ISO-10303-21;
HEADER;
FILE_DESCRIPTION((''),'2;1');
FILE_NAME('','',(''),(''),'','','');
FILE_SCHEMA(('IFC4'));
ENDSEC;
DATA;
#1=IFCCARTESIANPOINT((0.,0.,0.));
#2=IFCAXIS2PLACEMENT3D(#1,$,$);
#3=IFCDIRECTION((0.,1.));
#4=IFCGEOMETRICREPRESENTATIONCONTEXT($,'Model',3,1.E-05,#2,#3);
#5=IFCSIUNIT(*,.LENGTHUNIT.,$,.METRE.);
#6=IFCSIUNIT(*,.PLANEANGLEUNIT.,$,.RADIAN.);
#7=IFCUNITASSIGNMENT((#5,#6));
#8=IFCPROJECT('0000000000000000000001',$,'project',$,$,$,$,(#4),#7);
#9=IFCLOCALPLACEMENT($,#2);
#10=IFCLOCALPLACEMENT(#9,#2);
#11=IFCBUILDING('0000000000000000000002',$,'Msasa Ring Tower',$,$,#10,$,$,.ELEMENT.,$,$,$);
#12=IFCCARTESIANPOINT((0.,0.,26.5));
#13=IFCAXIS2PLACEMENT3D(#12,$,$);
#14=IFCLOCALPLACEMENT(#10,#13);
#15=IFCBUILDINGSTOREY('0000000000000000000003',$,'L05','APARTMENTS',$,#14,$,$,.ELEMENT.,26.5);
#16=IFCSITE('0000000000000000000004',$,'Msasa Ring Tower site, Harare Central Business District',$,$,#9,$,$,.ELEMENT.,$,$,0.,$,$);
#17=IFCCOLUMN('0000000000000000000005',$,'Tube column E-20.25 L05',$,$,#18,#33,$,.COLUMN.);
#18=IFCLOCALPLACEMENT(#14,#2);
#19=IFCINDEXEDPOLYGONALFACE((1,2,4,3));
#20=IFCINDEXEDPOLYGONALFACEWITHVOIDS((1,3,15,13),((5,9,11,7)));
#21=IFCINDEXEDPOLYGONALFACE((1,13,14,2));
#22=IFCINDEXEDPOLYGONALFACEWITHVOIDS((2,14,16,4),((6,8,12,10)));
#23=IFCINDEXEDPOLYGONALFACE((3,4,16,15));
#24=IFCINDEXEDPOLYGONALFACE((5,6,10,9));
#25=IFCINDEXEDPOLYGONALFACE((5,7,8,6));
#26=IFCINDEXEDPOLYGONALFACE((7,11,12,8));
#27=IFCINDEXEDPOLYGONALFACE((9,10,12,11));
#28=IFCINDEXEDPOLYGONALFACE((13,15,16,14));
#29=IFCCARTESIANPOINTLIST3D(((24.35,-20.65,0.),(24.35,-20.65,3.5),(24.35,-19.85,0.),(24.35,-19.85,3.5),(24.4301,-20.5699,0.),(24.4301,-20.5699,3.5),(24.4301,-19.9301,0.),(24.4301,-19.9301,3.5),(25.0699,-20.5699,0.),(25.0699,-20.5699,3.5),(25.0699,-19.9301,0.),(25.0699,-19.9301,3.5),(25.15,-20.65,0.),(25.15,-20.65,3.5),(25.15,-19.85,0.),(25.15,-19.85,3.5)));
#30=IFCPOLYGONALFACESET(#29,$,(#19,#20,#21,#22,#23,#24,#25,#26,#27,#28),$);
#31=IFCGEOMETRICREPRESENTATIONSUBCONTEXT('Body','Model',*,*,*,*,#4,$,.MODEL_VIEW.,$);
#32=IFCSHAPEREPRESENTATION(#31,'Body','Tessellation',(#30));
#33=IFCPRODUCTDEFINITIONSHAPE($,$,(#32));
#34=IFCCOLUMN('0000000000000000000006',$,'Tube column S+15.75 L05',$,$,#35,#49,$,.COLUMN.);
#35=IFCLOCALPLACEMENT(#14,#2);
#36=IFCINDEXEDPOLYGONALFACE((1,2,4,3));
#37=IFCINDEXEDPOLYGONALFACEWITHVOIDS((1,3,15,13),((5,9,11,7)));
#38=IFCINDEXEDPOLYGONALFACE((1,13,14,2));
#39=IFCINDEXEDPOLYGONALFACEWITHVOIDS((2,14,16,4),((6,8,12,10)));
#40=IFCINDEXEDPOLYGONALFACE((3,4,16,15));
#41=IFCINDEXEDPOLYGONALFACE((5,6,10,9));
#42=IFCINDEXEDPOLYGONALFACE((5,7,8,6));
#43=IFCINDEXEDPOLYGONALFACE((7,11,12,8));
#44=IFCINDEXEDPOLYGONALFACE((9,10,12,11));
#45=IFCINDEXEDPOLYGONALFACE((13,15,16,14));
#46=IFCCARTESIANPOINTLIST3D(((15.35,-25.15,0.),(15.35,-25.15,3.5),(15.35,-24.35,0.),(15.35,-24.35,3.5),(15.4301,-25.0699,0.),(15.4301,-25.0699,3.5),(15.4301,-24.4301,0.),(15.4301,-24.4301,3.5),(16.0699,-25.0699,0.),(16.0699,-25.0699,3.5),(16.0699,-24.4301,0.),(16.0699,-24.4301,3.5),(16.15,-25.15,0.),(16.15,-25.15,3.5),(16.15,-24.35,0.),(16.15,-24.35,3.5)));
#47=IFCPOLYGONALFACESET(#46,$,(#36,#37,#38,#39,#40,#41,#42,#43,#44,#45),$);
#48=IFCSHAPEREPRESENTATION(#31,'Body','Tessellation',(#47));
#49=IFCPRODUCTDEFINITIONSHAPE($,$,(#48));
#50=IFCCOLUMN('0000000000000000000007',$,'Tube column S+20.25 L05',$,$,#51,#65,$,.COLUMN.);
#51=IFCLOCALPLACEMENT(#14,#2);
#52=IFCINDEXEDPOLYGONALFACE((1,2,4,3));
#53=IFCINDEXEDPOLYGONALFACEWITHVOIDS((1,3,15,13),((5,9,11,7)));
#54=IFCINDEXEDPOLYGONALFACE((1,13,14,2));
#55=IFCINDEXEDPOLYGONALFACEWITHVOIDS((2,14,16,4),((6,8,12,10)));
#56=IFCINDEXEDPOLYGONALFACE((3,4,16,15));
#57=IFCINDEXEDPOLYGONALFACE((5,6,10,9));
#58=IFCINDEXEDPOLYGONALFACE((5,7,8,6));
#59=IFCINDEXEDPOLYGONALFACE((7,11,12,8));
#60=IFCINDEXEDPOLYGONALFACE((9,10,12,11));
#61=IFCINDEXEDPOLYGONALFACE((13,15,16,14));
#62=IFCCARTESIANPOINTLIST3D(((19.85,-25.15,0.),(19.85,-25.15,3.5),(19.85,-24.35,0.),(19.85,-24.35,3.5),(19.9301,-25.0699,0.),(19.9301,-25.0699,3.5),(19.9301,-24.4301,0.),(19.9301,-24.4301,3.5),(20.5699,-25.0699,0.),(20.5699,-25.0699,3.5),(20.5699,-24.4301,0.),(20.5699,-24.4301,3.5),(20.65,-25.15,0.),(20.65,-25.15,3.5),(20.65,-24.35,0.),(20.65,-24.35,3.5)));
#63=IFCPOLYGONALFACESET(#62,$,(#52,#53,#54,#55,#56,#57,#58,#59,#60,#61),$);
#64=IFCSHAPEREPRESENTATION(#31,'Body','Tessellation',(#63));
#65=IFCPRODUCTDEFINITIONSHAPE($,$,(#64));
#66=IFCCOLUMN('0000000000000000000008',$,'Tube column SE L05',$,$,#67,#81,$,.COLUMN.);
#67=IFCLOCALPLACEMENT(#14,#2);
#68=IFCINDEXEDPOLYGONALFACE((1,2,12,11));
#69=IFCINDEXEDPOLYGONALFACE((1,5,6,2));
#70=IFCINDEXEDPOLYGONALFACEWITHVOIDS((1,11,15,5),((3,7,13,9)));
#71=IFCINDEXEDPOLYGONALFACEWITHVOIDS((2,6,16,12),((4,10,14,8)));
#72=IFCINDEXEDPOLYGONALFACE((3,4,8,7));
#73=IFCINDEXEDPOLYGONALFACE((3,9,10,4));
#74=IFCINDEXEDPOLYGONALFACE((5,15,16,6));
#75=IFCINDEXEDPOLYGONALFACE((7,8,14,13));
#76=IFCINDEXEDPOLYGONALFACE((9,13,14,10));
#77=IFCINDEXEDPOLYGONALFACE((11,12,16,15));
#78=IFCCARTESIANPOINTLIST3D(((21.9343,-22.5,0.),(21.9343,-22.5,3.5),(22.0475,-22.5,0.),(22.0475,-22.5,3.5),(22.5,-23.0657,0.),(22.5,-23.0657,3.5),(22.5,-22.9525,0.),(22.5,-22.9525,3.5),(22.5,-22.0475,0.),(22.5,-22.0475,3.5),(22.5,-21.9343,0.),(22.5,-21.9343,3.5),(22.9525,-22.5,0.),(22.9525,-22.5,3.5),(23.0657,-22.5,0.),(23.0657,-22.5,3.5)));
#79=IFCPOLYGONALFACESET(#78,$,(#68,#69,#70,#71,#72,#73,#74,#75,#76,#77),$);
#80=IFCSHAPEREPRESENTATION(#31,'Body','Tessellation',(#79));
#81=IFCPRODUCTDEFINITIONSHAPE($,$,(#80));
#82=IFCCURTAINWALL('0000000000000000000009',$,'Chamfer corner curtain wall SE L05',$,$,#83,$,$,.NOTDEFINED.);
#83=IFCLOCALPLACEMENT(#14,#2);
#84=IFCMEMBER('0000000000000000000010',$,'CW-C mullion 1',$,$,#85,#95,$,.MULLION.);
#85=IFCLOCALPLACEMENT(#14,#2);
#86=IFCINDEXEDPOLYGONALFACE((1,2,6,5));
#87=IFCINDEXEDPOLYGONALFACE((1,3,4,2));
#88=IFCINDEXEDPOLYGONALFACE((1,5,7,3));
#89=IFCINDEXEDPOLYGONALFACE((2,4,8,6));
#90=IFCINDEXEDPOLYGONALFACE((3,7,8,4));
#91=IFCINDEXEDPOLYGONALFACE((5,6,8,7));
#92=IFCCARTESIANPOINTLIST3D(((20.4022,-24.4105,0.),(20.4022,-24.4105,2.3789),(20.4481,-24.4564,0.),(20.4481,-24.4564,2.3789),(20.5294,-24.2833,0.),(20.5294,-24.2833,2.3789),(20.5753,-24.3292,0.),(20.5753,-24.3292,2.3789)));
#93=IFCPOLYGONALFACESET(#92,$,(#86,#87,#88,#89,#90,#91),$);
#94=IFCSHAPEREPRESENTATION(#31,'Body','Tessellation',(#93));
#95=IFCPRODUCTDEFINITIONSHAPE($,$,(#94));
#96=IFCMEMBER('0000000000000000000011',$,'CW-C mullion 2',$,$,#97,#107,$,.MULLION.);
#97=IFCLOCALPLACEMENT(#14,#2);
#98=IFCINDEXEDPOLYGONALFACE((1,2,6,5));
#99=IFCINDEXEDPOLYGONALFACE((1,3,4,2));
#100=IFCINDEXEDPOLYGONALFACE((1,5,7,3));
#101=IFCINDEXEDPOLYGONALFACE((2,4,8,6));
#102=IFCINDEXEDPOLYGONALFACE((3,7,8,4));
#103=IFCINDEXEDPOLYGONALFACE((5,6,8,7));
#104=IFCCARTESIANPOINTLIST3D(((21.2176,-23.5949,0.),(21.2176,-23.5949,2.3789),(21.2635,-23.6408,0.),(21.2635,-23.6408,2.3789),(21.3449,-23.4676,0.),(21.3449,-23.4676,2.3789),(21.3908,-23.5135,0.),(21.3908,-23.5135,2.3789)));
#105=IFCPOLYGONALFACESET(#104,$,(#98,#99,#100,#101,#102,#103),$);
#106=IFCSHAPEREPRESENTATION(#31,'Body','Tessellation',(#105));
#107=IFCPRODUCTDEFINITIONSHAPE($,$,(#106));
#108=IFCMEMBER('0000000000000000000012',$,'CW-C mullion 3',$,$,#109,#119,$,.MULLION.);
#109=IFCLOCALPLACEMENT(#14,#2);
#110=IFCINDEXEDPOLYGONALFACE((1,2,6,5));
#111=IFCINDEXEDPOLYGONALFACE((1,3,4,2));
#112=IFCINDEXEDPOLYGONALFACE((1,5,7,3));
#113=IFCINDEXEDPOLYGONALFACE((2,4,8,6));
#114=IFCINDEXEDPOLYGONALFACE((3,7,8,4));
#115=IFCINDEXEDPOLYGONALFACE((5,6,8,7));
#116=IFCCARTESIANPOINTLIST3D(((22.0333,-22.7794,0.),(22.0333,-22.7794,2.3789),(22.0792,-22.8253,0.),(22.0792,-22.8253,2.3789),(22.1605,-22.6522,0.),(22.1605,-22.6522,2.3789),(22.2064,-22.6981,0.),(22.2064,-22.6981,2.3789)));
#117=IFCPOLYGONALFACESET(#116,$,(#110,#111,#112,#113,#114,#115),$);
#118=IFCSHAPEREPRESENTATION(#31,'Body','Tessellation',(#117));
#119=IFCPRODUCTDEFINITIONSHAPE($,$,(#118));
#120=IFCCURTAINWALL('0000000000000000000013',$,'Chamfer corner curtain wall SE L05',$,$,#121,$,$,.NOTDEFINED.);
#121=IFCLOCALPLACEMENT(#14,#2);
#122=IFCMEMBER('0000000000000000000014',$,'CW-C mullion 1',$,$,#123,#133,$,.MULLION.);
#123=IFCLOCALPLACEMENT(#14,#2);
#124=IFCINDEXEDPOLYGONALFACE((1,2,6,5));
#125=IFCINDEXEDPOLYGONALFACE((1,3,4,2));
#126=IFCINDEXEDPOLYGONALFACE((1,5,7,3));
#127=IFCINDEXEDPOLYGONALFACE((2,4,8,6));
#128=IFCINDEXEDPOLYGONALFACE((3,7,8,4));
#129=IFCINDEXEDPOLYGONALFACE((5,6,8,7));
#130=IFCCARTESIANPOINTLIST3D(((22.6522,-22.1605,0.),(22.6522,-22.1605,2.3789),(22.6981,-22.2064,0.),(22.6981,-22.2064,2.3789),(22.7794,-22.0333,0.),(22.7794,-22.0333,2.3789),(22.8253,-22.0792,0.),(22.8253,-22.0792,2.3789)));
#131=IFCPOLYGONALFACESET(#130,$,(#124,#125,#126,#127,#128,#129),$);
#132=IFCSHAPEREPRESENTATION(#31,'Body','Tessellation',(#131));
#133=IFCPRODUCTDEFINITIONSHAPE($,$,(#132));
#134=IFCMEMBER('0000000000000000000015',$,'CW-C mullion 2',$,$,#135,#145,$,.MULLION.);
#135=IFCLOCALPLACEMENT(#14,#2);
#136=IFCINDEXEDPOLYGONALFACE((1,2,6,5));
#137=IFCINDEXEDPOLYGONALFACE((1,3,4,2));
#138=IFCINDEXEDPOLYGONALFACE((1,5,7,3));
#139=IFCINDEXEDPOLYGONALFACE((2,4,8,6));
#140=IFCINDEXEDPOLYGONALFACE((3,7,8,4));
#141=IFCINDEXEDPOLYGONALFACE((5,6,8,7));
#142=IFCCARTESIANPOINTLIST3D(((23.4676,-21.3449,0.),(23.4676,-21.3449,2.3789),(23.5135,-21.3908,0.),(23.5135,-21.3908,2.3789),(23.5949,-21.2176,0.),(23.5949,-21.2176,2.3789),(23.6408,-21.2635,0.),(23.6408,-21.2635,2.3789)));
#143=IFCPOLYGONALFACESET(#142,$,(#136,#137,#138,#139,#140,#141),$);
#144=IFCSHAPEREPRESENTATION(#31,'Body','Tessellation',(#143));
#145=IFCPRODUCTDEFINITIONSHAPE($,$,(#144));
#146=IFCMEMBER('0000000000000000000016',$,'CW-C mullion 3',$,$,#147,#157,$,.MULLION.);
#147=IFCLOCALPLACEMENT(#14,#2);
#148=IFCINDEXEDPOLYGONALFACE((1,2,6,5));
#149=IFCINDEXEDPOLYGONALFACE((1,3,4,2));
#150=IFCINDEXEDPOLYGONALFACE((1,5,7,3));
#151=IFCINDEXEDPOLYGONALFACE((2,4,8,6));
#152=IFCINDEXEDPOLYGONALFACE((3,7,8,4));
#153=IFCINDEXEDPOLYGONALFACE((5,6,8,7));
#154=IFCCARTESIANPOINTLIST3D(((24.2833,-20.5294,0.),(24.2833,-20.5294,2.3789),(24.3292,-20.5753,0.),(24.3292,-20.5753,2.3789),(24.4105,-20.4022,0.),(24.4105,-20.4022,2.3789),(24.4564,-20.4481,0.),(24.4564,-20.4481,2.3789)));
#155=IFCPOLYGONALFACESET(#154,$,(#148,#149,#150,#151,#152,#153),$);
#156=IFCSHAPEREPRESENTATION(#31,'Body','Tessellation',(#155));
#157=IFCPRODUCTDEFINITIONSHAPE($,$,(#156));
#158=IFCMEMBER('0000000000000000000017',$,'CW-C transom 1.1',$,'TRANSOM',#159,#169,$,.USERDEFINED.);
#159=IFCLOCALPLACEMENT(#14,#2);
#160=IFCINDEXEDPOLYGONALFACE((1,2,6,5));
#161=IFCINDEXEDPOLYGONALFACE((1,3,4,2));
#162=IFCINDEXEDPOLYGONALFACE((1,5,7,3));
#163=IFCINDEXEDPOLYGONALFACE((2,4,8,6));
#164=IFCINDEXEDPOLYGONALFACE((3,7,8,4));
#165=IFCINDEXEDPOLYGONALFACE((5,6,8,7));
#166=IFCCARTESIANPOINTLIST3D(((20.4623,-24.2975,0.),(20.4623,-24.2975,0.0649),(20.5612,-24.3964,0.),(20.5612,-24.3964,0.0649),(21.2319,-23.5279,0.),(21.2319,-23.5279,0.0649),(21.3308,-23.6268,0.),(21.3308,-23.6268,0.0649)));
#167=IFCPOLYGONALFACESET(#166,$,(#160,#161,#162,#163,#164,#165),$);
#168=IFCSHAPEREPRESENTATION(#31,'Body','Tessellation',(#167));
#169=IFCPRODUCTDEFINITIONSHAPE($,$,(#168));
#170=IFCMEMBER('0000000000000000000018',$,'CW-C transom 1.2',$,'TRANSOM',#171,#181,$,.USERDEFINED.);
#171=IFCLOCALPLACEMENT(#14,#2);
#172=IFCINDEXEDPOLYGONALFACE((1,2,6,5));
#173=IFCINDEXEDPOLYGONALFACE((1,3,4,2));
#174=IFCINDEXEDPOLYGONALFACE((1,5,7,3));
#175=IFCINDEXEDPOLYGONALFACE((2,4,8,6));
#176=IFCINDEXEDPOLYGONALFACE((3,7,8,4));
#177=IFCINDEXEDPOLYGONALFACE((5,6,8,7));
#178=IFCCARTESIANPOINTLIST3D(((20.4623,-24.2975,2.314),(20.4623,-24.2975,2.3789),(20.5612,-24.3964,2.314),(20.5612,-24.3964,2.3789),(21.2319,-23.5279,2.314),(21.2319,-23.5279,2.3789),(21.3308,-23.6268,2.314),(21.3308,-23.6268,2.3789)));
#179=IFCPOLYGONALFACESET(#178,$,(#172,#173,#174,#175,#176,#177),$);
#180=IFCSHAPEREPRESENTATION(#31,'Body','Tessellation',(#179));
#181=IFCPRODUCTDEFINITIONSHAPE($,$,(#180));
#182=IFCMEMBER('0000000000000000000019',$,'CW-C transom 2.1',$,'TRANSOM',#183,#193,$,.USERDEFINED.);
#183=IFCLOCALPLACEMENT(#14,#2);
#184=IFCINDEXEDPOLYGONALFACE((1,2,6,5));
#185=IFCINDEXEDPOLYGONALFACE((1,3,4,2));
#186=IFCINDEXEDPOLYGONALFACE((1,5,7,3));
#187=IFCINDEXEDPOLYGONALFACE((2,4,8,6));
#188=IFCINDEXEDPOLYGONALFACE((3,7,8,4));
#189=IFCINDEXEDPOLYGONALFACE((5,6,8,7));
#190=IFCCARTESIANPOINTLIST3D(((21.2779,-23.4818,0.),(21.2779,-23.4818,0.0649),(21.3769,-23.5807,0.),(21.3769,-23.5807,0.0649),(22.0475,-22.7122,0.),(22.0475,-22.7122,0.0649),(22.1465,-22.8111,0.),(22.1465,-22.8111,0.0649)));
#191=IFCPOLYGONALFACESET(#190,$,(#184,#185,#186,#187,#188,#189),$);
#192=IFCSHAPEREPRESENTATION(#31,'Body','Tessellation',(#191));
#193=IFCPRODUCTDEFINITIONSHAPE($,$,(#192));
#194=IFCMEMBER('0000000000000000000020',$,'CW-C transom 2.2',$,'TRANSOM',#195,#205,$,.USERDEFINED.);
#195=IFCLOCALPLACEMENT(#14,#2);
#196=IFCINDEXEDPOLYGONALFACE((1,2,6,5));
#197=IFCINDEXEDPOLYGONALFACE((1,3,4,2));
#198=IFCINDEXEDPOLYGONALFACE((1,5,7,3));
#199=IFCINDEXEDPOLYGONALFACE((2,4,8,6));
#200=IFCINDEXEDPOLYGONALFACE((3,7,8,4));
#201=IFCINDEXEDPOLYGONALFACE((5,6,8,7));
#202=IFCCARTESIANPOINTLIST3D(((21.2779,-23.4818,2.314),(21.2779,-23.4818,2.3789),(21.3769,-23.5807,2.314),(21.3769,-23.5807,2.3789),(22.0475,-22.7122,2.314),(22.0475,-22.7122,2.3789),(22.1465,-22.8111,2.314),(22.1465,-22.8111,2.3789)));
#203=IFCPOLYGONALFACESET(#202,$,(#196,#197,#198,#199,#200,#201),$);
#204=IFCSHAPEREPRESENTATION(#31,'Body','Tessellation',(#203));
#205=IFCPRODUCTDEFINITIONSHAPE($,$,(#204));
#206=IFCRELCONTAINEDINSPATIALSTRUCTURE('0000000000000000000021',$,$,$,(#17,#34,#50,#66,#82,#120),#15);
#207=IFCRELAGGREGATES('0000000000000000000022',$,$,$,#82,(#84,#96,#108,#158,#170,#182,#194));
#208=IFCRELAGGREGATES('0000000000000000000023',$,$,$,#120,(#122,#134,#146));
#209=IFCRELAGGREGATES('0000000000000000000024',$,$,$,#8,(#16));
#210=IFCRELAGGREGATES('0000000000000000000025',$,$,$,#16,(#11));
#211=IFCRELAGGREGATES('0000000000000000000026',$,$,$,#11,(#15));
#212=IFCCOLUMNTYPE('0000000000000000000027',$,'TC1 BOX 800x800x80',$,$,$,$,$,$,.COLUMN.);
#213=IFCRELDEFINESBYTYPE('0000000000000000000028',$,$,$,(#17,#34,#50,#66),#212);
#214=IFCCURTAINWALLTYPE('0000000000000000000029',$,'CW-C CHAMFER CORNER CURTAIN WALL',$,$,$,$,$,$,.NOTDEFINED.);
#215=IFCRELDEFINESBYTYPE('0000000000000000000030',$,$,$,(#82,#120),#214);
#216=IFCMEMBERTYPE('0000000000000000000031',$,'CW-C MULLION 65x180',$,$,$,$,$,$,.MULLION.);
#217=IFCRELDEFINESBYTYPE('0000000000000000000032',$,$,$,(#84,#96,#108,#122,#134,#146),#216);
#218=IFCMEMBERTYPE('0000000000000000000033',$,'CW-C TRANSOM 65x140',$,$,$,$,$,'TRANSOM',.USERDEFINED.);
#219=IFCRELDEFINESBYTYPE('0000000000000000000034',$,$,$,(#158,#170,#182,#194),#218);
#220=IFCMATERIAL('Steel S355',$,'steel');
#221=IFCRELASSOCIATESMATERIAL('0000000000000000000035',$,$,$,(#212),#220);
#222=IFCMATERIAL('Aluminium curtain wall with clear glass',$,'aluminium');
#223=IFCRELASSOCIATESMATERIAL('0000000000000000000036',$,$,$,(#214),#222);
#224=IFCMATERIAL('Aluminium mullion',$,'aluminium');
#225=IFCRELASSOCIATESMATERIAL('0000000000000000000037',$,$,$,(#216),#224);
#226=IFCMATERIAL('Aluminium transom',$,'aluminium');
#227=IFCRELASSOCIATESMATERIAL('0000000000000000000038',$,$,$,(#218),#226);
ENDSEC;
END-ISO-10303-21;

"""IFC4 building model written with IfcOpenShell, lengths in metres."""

from ifc_helpers import new_model, si_unit, direction, frame, origin, origin_2d, place, context, subcontext, project, spatial, rectangle, hollow_rectangle, extrude, material, material_profile, profile_set, type_object, element, aggregate, save


model = new_model("IFC4")

# Units and contexts
model_context = context("Model", 3, precision=1e-05, world=origin(), true_north=direction((0.0, 1.0)))
body_context = subcontext(model_context, "Body", "Model", "MODEL_VIEW")
ifc_project = project(units=[si_unit("LENGTHUNIT", "METRE"), si_unit("PLANEANGLEUNIT", "RADIAN")], contexts=[model_context])

# Site, building, storey
site_placement = place(None, origin())
site = spatial("IfcSite", under=ifc_project, at=site_placement, Name="Msasa Ring Tower site, Harare Central Business District", CompositionType="ELEMENT", RefElevation=0.0)
building_placement = place(site_placement, origin())
building = spatial("IfcBuilding", under=site, at=building_placement, Name="Msasa Ring Tower", CompositionType="ELEMENT")
storey_placement = place(building_placement, frame((0.0, 0.0, 26.5)))
storey = spatial("IfcBuildingStorey", under=building, at=storey_placement, Name="L05", Description="APARTMENTS", CompositionType="ELEMENT", Elevation=26.5)

# Columns
ifc_material_1 = material(Name="Steel S355", Category="steel")
ifc_material_profile_1 = material_profile(ifc_material_1, hollow_rectangle(XDim=0.8, YDim=0.8, WallThickness=0.0801, at=origin_2d()), Name="BOX 800x800x80")
ifc_profile_set_1 = profile_set([ifc_material_profile_1], Name="Steel S355")
column_type = type_object("IfcColumnType", Name="TC1 BOX 800x800x80", PredefinedType="COLUMN", material=ifc_profile_set_1)
for number, where, z_axis, x_axis, name in (
    (1, (24.75, -20.25, 0.0), (0.0, 0.0, 1.0), (1.0, 0.0, 0.0), "Tube column E-20.25 L05"),
    (2, (15.75, -24.75, 0.0), (0.0, 0.0, 1.0), (0.0, 1.0, 0.0), "Tube column S+15.75 L05"),
    (3, (20.25, -24.75, 0.0), (0.0, 0.0, 1.0), (0.0, 1.0, 0.0), "Tube column S+20.25 L05"),
    (4, (22.5, -22.5, 0.0), (0.0, 0.0, 1.0), (0.707107, -0.707107, 0.0), "Tube column SE L05"),
):
    element("IfcColumn", number, at=place(storey_placement, frame(where, z_axis=z_axis, x_axis=x_axis)), inside=storey, type_object=column_type, Name=name, PredefinedType="COLUMN", context=body_context, shape_type="SweptSolid", body=[
        extrude(hollow_rectangle(XDim=0.8, YDim=0.8, WallThickness=0.0801, at=origin_2d()), origin(), (0.0, 0.0, 1.0), 3.5),
    ])

# Curtain walls, members
ifc_material_2 = material(Name="Aluminium curtain wall with clear glass", Category="aluminium")
curtain_wall_type = type_object("IfcCurtainWallType", Name="CW-C CHAMFER CORNER CURTAIN WALL", PredefinedType="NOTDEFINED", material=ifc_material_2)
curtain_wall_1_placement = place(storey_placement, origin())
curtain_wall_1 = element("IfcCurtainWall", 5, at=curtain_wall_1_placement, inside=storey, type_object=curtain_wall_type, Name="Chamfer corner curtain wall SE L05", PredefinedType="NOTDEFINED")
ifc_material_3 = material(Name="Aluminium mullion", Category="aluminium")
ifc_material_profile_2 = material_profile(ifc_material_3, rectangle(XDim=0.0649, YDim=0.1799, at=origin_2d()), Name="AL 65x180")
ifc_profile_set_2 = profile_set([ifc_material_profile_2], Name="Aluminium mullion")
member_type_1 = type_object("IfcMemberType", Name="CW-C MULLION 65x180", PredefinedType="MULLION", material=ifc_profile_set_2)
member_1_placement = place(storey_placement, frame((20.4888, -24.3699, 0.0), z_axis=(0.0, 0.0, 1.0), x_axis=(-0.707107, 0.707107, 0.0)))
member_1 = element("IfcMember", 6, at=member_1_placement, type_object=member_type_1, Name="CW-C mullion 1", PredefinedType="MULLION", context=body_context, shape_type="SweptSolid", body=[
    extrude(rectangle(XDim=0.0649, YDim=0.1799, at=origin_2d()), origin(), (0.0, 0.0, 1.0), 2.3789),
])
member_2_placement = place(storey_placement, frame((21.3042, -23.5542, 0.0), z_axis=(0.0, 0.0, 1.0), x_axis=(-0.707107, 0.707107, 0.0)))
member_2 = element("IfcMember", 7, at=member_2_placement, type_object=member_type_1, Name="CW-C mullion 2", PredefinedType="MULLION", context=body_context, shape_type="SweptSolid", body=[
    extrude(rectangle(XDim=0.0649, YDim=0.1799, at=origin_2d()), origin(), (0.0, 0.0, 1.0), 2.3789),
])
member_3_placement = place(storey_placement, frame((22.1199, -22.7388, 0.0), z_axis=(0.0, 0.0, 1.0), x_axis=(-0.707107, 0.707107, 0.0)))
member_3 = element("IfcMember", 8, at=member_3_placement, type_object=member_type_1, Name="CW-C mullion 3", PredefinedType="MULLION", context=body_context, shape_type="SweptSolid", body=[
    extrude(rectangle(XDim=0.0649, YDim=0.1799, at=origin_2d()), origin(), (0.0, 0.0, 1.0), 2.3789),
])
curtain_wall_2_placement = place(storey_placement, origin())
curtain_wall_2 = element("IfcCurtainWall", 9, at=curtain_wall_2_placement, inside=storey, type_object=curtain_wall_type, Name="Chamfer corner curtain wall SE L05", PredefinedType="NOTDEFINED")
member_4_placement = place(storey_placement, frame((22.7388, -22.1199, 0.0), z_axis=(0.0, 0.0, 1.0), x_axis=(-0.707107, 0.707107, 0.0)))
member_4 = element("IfcMember", 10, at=member_4_placement, type_object=member_type_1, Name="CW-C mullion 1", PredefinedType="MULLION", context=body_context, shape_type="SweptSolid", body=[
    extrude(rectangle(XDim=0.0649, YDim=0.1799, at=origin_2d()), origin(), (0.0, 0.0, 1.0), 2.3789),
])
member_5_placement = place(storey_placement, frame((23.5542, -21.3042, 0.0), z_axis=(0.0, 0.0, 1.0), x_axis=(-0.707107, 0.707107, 0.0)))
member_5 = element("IfcMember", 11, at=member_5_placement, type_object=member_type_1, Name="CW-C mullion 2", PredefinedType="MULLION", context=body_context, shape_type="SweptSolid", body=[
    extrude(rectangle(XDim=0.0649, YDim=0.1799, at=origin_2d()), origin(), (0.0, 0.0, 1.0), 2.3789),
])
member_6_placement = place(storey_placement, frame((24.3699, -20.4888, 0.0), z_axis=(0.0, 0.0, 1.0), x_axis=(-0.707107, 0.707107, 0.0)))
member_6 = element("IfcMember", 12, at=member_6_placement, type_object=member_type_1, Name="CW-C mullion 3", PredefinedType="MULLION", context=body_context, shape_type="SweptSolid", body=[
    extrude(rectangle(XDim=0.0649, YDim=0.1799, at=origin_2d()), origin(), (0.0, 0.0, 1.0), 2.3789),
])

# Members
ifc_material_4 = material(Name="Aluminium transom", Category="aluminium")
ifc_material_profile_3 = material_profile(ifc_material_4, rectangle(XDim=0.1399, YDim=0.0649, at=origin_2d()), Name="AL 65x140")
ifc_profile_set_3 = profile_set([ifc_material_profile_3], Name="Aluminium transom")
member_type_2 = type_object("IfcMemberType", Name="CW-C TRANSOM 65x140", ElementType="TRANSOM", PredefinedType="USERDEFINED", material=ifc_profile_set_3)
member_7_placement = place(storey_placement, frame((20.5117, -24.3469, 0.0325), z_axis=(0.707107, 0.707107, 0.0), x_axis=(-0.707107, 0.707107, 0.0)))
member_7 = element("IfcMember", 13, at=member_7_placement, type_object=member_type_2, Name="CW-C transom 1.1", ObjectType="TRANSOM", PredefinedType="USERDEFINED", context=body_context, shape_type="SweptSolid", body=[
    extrude(rectangle(XDim=0.1399, YDim=0.0649, at=origin_2d()), origin(), (0.0, 0.0, 1.0), 1.0884),
])
member_8_placement = place(storey_placement, frame((20.5117, -24.3469, 2.3464), z_axis=(0.707107, 0.707107, 0.0), x_axis=(-0.707107, 0.707107, 0.0)))
member_8 = element("IfcMember", 14, at=member_8_placement, type_object=member_type_2, Name="CW-C transom 1.2", ObjectType="TRANSOM", PredefinedType="USERDEFINED", context=body_context, shape_type="SweptSolid", body=[
    extrude(rectangle(XDim=0.1399, YDim=0.0649, at=origin_2d()), origin(), (0.0, 0.0, 1.0), 1.0884),
])
member_9_placement = place(storey_placement, frame((21.3274, -23.5312, 0.0325), z_axis=(0.707107, 0.707107, 0.0), x_axis=(-0.707107, 0.707107, 0.0)))
member_9 = element("IfcMember", 15, at=member_9_placement, type_object=member_type_2, Name="CW-C transom 2.1", ObjectType="TRANSOM", PredefinedType="USERDEFINED", context=body_context, shape_type="SweptSolid", body=[
    extrude(rectangle(XDim=0.1399, YDim=0.0649, at=origin_2d()), origin(), (0.0, 0.0, 1.0), 1.0884),
])
member_10_placement = place(storey_placement, frame((21.3274, -23.5312, 2.3464), z_axis=(0.707107, 0.707107, 0.0), x_axis=(-0.707107, 0.707107, 0.0)))
member_10 = element("IfcMember", 16, at=member_10_placement, type_object=member_type_2, Name="CW-C transom 2.2", ObjectType="TRANSOM", PredefinedType="USERDEFINED", context=body_context, shape_type="SweptSolid", body=[
    extrude(rectangle(XDim=0.1399, YDim=0.0649, at=origin_2d()), origin(), (0.0, 0.0, 1.0), 1.0884),
])

aggregate(curtain_wall_1, [member_1, member_2, member_3, member_7, member_8, member_9, member_10])
aggregate(curtain_wall_2, [member_4, member_5, member_6])

save(model, "model.ifc")
